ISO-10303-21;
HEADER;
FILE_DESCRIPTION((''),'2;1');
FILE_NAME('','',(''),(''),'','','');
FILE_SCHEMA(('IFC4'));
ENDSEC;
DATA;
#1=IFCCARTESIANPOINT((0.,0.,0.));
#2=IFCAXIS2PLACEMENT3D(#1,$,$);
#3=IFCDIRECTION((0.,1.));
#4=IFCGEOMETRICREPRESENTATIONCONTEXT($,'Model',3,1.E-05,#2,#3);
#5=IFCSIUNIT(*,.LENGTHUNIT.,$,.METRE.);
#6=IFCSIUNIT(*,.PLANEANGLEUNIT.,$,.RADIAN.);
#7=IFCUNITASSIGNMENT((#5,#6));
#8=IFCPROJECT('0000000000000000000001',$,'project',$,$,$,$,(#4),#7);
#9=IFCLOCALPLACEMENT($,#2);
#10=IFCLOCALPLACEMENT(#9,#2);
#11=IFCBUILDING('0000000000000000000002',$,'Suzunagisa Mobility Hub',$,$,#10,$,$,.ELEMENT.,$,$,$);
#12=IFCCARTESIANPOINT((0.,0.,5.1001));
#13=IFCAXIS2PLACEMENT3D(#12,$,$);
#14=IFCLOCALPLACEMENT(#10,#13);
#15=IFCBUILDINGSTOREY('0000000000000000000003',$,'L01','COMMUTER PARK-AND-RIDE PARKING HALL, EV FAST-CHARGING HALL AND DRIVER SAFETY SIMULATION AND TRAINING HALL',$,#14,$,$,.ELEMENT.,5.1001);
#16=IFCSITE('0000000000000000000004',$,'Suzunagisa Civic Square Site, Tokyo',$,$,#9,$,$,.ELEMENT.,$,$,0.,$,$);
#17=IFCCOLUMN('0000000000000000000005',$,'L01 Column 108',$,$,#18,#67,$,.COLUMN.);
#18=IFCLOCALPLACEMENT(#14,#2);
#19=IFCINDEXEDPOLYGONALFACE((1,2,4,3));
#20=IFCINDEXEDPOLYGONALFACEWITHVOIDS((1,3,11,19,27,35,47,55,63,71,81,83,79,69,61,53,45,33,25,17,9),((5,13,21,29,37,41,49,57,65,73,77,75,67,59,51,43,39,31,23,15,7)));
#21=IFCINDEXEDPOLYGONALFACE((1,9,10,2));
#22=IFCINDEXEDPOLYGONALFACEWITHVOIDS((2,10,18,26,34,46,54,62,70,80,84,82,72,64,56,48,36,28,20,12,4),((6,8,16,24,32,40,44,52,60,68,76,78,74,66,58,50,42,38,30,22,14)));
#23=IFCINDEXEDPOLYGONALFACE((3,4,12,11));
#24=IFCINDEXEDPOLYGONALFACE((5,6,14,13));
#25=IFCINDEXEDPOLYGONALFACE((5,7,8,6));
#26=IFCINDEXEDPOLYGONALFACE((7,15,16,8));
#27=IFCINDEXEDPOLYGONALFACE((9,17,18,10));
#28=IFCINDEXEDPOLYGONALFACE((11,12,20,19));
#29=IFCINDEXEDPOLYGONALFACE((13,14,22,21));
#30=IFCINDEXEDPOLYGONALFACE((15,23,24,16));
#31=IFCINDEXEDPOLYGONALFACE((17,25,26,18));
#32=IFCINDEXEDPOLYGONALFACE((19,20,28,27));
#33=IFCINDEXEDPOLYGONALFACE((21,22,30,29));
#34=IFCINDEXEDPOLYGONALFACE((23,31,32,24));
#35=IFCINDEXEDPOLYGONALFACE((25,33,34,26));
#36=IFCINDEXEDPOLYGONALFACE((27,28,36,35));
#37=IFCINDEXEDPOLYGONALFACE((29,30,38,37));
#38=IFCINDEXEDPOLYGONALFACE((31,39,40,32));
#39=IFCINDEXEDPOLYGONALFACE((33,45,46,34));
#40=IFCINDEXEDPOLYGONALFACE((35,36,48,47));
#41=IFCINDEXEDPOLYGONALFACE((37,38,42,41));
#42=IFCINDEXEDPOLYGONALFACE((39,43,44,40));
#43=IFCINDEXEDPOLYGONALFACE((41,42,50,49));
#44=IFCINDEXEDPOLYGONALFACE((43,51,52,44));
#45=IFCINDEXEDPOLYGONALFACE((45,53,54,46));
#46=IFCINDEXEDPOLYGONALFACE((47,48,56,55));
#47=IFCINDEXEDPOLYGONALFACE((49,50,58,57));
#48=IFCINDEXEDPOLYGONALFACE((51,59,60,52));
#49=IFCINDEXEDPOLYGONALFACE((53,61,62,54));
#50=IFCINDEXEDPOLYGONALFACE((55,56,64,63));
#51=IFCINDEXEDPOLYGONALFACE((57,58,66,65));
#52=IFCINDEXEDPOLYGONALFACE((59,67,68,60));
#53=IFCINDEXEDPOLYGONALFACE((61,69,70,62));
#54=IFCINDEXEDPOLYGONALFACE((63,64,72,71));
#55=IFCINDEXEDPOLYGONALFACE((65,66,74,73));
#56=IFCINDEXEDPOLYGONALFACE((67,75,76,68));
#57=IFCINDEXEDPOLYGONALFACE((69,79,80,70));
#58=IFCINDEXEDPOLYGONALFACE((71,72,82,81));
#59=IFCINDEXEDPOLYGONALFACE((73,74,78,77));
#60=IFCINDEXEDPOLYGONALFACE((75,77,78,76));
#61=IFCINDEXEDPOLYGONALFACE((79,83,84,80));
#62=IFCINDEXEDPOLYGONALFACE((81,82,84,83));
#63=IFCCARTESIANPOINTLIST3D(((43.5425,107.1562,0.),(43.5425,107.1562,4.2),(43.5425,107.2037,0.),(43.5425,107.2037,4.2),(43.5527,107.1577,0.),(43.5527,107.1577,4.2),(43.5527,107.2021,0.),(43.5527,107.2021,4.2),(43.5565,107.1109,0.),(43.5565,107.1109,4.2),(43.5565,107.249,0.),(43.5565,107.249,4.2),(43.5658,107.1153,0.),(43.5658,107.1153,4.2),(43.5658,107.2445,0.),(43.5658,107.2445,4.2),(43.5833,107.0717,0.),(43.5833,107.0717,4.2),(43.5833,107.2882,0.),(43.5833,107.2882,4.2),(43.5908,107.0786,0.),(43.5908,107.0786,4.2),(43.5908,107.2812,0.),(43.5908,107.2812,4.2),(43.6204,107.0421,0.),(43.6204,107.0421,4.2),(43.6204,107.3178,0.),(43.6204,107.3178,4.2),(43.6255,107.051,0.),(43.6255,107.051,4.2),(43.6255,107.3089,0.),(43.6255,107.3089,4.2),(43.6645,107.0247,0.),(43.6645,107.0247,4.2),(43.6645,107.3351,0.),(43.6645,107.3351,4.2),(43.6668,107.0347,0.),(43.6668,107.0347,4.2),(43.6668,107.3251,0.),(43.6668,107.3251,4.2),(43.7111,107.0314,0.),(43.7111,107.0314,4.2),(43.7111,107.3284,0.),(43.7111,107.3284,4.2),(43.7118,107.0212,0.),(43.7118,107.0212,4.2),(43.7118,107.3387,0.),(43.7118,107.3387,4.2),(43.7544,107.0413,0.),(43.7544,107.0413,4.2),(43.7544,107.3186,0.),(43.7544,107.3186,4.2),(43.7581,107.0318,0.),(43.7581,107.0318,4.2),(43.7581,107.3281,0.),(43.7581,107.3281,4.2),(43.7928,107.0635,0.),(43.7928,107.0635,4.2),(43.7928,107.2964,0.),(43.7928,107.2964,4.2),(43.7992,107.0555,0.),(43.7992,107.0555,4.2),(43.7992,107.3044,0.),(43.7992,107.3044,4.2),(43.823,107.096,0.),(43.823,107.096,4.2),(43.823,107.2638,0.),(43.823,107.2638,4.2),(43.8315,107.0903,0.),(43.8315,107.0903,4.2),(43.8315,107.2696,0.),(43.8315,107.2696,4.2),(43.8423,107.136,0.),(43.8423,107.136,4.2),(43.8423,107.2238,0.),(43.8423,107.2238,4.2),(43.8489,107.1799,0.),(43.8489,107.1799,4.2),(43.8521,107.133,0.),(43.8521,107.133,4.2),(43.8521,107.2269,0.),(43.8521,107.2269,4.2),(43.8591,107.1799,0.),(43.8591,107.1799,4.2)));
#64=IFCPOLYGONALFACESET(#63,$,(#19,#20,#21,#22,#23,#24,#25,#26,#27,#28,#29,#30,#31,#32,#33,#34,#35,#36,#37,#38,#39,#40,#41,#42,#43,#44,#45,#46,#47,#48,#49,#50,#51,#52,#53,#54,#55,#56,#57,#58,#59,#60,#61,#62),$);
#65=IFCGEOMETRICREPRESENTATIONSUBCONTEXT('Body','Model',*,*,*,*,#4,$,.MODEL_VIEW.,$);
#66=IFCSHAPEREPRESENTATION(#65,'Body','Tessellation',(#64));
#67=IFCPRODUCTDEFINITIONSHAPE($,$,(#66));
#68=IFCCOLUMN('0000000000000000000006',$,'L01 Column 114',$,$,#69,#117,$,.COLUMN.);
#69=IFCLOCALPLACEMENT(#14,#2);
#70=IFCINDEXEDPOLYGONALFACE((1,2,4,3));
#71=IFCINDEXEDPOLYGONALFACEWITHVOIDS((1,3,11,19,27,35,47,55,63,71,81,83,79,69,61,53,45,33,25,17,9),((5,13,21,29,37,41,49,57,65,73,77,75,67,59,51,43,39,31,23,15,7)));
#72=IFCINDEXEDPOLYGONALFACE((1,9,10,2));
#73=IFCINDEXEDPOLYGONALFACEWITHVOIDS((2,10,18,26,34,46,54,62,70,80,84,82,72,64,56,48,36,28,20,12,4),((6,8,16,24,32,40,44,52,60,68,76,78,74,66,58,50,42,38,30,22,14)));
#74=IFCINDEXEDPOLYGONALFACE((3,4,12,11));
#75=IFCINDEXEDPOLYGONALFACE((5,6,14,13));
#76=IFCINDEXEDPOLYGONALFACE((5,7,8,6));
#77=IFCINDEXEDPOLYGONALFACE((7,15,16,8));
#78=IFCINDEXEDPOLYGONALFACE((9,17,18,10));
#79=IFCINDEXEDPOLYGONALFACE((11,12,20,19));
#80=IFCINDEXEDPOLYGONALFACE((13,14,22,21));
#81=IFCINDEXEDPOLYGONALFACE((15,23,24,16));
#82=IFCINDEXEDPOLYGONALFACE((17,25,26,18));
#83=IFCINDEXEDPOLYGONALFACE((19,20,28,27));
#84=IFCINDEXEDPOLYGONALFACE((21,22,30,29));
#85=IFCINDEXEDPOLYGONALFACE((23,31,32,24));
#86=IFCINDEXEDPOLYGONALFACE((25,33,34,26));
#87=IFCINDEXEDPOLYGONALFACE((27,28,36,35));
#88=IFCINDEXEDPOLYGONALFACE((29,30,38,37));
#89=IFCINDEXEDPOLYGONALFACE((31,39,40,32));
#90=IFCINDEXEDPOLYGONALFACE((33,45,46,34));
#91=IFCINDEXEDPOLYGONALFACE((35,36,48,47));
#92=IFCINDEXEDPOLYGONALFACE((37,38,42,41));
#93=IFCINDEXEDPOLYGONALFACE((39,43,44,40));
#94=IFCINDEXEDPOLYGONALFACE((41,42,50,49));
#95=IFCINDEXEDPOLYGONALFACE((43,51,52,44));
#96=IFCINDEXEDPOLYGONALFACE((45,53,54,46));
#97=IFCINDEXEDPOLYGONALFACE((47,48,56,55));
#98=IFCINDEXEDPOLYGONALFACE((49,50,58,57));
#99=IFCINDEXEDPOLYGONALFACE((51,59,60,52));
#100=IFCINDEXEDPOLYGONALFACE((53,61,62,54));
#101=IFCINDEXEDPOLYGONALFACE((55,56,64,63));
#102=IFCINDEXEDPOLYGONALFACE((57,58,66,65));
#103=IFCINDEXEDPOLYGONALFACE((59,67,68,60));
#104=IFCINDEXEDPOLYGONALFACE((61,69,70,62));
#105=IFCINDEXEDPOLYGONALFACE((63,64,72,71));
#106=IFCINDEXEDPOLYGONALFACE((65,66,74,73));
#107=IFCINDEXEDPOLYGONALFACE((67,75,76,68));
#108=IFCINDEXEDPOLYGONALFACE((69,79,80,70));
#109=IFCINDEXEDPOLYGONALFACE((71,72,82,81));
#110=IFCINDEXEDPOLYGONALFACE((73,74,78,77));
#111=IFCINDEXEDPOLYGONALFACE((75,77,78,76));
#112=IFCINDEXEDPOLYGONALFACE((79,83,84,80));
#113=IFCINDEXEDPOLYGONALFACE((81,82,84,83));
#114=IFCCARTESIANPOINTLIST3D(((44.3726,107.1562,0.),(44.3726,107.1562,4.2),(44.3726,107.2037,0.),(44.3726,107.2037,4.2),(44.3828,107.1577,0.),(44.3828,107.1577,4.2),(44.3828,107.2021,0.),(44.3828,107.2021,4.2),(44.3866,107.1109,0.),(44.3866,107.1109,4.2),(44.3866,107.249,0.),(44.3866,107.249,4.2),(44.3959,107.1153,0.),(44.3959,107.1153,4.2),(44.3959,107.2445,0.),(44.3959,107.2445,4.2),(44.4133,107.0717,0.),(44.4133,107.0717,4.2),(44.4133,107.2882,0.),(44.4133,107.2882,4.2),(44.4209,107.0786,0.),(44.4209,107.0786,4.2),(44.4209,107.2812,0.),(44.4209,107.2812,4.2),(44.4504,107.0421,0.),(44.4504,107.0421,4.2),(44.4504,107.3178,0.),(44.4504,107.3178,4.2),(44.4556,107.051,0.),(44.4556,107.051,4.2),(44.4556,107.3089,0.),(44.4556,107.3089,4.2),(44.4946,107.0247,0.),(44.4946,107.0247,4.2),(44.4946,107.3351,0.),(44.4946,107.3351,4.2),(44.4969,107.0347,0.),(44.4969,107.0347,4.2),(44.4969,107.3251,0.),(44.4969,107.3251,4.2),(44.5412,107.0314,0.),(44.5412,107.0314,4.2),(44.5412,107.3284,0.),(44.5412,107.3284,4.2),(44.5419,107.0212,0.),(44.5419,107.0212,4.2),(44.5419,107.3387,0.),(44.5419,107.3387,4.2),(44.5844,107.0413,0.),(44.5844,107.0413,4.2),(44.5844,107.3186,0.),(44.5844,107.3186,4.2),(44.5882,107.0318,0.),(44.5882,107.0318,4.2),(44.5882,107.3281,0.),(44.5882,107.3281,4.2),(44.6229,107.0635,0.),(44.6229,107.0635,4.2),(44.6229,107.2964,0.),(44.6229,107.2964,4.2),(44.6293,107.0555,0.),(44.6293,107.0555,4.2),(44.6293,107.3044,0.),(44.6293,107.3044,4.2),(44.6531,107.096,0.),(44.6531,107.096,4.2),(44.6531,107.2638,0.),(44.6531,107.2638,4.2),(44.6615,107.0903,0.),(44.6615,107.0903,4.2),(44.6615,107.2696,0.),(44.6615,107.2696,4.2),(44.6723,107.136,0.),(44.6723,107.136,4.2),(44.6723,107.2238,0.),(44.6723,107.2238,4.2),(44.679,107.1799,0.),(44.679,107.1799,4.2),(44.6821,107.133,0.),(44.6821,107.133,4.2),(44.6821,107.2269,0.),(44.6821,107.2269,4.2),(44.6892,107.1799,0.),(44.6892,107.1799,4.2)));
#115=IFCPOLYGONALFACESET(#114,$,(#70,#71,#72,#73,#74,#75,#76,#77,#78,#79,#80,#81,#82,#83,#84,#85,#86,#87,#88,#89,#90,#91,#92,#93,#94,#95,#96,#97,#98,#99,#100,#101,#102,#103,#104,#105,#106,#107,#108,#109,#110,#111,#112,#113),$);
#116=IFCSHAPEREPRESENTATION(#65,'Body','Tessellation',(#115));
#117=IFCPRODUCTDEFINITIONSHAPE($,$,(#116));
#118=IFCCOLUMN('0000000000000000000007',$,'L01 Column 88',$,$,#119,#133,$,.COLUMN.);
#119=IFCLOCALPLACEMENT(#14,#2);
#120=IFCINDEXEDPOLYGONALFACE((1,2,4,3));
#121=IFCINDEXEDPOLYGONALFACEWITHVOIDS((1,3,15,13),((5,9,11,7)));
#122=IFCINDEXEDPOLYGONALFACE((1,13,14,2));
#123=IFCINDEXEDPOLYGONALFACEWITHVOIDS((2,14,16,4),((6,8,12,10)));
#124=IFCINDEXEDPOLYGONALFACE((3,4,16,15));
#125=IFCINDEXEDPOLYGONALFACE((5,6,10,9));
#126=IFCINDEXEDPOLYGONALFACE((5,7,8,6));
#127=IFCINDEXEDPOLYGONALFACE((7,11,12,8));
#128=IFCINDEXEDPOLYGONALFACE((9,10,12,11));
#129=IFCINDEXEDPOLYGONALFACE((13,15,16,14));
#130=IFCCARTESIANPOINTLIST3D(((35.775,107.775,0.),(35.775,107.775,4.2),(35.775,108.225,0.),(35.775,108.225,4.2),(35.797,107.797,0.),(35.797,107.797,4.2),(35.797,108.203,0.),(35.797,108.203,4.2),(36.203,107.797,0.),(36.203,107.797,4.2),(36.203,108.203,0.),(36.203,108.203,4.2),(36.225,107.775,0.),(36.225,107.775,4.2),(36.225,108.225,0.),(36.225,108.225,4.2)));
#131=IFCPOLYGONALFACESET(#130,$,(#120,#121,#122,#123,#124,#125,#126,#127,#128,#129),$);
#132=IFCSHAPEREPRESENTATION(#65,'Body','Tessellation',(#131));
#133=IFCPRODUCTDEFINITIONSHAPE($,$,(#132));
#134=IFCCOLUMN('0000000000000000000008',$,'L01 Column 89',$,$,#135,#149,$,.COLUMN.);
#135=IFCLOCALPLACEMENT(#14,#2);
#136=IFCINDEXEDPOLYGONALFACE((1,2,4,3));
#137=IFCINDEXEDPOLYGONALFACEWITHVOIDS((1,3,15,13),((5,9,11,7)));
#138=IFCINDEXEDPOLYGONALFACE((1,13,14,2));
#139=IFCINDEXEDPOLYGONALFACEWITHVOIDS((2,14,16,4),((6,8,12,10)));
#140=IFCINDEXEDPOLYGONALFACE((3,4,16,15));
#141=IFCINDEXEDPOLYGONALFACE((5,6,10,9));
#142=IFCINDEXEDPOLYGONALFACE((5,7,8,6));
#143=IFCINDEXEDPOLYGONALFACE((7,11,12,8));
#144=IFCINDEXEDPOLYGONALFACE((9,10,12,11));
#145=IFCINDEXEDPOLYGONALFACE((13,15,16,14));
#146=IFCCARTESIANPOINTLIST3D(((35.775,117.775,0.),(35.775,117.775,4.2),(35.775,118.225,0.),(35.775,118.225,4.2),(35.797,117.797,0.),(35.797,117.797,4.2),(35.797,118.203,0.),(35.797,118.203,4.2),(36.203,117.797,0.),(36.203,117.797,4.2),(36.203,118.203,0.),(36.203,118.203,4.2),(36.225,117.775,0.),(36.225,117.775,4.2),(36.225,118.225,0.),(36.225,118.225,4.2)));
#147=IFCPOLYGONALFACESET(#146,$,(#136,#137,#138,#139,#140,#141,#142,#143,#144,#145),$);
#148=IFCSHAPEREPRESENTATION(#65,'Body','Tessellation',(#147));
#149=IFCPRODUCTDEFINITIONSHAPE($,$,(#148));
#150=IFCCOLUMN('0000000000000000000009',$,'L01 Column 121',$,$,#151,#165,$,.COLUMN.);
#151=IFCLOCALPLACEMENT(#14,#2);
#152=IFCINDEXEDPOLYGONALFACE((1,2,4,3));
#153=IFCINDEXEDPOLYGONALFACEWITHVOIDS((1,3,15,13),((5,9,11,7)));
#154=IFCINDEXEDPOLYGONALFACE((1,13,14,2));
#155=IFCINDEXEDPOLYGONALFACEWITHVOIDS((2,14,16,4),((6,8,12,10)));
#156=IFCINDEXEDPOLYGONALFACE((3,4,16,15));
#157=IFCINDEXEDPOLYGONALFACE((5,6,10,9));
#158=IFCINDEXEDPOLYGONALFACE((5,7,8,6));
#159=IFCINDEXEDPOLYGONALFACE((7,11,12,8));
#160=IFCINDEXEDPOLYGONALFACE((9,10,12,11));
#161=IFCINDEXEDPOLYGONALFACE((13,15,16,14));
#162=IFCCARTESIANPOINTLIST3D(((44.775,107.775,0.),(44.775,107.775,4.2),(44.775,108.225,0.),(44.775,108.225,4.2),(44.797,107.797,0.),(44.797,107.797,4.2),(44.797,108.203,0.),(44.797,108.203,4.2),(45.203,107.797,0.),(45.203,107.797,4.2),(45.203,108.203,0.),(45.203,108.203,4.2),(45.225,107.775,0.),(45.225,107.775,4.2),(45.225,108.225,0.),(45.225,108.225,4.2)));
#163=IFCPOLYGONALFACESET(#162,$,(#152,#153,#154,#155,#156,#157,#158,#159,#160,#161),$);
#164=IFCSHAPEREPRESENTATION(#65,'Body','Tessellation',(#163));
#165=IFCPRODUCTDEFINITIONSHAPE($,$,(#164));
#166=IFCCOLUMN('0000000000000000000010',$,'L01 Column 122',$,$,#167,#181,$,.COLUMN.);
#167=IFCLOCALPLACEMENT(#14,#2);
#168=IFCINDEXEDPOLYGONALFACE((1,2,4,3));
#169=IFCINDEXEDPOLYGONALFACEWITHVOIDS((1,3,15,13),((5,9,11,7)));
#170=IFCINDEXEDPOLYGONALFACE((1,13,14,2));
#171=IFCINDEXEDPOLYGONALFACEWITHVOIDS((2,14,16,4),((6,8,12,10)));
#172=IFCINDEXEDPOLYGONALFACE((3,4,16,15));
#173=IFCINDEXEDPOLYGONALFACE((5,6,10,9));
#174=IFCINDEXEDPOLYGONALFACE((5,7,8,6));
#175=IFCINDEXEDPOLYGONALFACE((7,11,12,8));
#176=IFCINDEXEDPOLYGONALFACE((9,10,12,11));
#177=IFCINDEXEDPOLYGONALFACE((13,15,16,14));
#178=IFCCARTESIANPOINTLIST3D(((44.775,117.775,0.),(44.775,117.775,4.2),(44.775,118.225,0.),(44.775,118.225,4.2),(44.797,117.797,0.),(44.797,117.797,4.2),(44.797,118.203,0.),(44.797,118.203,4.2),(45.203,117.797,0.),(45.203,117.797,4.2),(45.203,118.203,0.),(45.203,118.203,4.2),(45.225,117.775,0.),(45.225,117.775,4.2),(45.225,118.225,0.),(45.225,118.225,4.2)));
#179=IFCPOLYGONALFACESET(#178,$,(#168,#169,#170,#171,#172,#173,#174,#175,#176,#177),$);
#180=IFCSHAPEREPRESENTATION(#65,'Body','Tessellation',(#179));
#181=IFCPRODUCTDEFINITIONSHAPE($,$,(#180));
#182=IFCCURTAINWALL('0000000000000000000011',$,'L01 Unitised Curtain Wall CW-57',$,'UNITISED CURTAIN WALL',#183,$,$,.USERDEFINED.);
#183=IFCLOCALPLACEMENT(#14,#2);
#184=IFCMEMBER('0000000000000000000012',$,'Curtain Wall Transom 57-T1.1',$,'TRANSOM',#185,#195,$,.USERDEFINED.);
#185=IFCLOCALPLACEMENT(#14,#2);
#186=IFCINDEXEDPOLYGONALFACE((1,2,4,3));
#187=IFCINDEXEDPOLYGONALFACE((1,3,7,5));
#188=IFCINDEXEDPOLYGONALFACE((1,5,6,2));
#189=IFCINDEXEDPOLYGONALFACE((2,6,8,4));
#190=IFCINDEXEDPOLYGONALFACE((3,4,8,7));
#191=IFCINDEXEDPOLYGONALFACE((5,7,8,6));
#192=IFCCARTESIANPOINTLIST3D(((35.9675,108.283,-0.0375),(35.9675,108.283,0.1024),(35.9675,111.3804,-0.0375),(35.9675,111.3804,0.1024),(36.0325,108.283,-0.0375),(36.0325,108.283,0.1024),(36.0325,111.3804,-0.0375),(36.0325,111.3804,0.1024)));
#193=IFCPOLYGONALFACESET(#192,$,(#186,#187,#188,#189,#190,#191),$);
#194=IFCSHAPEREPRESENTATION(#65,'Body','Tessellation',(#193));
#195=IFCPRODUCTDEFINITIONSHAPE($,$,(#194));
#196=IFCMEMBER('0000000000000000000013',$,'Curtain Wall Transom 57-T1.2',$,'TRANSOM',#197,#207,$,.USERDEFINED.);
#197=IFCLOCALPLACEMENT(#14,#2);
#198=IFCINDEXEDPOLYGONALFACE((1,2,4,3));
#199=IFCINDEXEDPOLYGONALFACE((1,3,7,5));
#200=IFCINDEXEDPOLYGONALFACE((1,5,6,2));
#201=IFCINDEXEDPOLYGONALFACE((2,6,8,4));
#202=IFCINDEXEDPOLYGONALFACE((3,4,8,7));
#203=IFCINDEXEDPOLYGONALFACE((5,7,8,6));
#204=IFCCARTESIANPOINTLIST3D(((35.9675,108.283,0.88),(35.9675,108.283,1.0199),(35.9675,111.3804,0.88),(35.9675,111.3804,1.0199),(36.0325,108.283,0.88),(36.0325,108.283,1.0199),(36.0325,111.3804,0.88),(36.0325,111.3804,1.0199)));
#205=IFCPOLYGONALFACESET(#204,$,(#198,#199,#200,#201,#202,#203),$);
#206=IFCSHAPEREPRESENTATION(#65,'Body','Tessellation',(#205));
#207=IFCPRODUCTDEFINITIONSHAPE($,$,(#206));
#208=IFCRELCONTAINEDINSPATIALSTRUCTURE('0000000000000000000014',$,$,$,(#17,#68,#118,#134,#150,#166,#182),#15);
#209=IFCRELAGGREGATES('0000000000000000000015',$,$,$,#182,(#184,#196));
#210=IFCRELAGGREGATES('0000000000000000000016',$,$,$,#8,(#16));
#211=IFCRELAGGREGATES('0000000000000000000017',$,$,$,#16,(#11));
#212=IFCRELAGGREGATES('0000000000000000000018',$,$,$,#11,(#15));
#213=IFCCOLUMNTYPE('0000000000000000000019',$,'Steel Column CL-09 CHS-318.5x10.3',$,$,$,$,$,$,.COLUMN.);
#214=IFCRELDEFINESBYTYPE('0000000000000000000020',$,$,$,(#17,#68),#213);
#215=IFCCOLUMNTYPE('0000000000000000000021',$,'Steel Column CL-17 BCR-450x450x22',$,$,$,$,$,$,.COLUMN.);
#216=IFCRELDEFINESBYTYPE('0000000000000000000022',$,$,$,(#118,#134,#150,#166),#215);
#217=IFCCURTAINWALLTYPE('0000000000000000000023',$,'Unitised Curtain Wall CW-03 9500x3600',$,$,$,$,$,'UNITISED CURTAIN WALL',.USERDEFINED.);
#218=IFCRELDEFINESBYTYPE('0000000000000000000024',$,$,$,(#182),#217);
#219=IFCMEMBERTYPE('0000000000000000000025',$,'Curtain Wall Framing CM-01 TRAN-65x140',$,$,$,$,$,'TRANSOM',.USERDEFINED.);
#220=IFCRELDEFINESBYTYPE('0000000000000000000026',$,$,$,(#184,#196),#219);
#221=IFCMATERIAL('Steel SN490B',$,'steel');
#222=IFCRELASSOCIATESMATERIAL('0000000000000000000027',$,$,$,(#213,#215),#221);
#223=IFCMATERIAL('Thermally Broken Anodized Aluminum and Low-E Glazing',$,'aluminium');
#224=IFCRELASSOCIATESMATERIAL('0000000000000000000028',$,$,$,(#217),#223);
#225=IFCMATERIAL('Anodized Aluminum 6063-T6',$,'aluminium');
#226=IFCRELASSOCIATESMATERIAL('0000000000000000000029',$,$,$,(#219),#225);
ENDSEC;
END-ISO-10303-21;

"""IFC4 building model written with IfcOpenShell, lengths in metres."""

from ifc_helpers import new_model, si_unit, direction, frame, origin, origin_2d, place, context, subcontext, project, spatial, rectangle, hollow_rectangle, hollow_circle, extrude, material, material_profile, profile_set, type_object, element, aggregate, save


model = new_model("IFC4")

# Units and contexts
model_context = context("Model", 3, precision=1e-05, world=origin(), true_north=direction((0.0, 1.0)))
body_context = subcontext(model_context, "Body", "Model", "MODEL_VIEW")
ifc_project = project(units=[si_unit("LENGTHUNIT", "METRE"), si_unit("PLANEANGLEUNIT", "RADIAN")], contexts=[model_context])

# Site, building, storey
site_placement = place(None, origin())
site = spatial("IfcSite", under=ifc_project, at=site_placement, Name="Suzunagisa Civic Square Site, Tokyo", CompositionType="ELEMENT", RefElevation=0.0)
building_placement = place(site_placement, origin())
building = spatial("IfcBuilding", under=site, at=building_placement, Name="Suzunagisa Mobility Hub", CompositionType="ELEMENT")
storey_placement = place(building_placement, frame((0.0, 0.0, 5.1001)))
storey = spatial("IfcBuildingStorey", under=building, at=storey_placement, Name="L01", Description="COMMUTER PARK-AND-RIDE PARKING HALL, EV FAST-CHARGING HALL AND DRIVER SAFETY SIMULATION AND TRAINING HALL", CompositionType="ELEMENT", Elevation=5.1001)

# Columns
ifc_material_1 = material(Name="Steel SN490B", Category="steel")
ifc_material_profile_1 = material_profile(ifc_material_1, hollow_circle(Radius=0.1592, WallThickness=0.0103, at=origin_2d()), Name="CHS-318.5x10.3")
ifc_profile_set_1 = profile_set([ifc_material_profile_1], Name="Steel SN490B")
column_type_1 = type_object("IfcColumnType", Name="Steel Column CL-09 CHS-318.5x10.3", PredefinedType="COLUMN", material=ifc_profile_set_1)
for number, where, z_axis, x_axis, name in (
    (1, (43.7, 107.1799, 0.0), (0.0, 0.0, 1.0), (1.0, 0.0, 0.0), "L01 Column 108"),
    (2, (44.53, 107.1799, 0.0), (0.0, 0.0, 1.0), (1.0, 0.0, 0.0), "L01 Column 114"),
):
    element("IfcColumn", number, at=place(storey_placement, frame(where, z_axis=z_axis, x_axis=x_axis)), inside=storey, type_object=column_type_1, Name=name, PredefinedType="COLUMN", context=body_context, shape_type="SweptSolid", body=[
        extrude(hollow_circle(Radius=0.1592, WallThickness=0.0103, at=origin_2d()), origin(), (0.0, 0.0, 1.0), 4.2),
    ])
ifc_material_profile_2 = material_profile(ifc_material_1, hollow_rectangle(XDim=0.45, YDim=0.45, WallThickness=0.022, at=origin_2d()), Name="BCR-450x450x22")
ifc_profile_set_2 = profile_set([ifc_material_profile_2], Name="Steel SN490B")
column_type_2 = type_object("IfcColumnType", Name="Steel Column CL-17 BCR-450x450x22", PredefinedType="COLUMN", material=ifc_profile_set_2)
for number, where, z_axis, x_axis, name in (
    (3, (36.0, 108.0, 0.0), (0.0, 0.0, 1.0), (1.0, 0.0, 0.0), "L01 Column 88"),
    (4, (36.0, 118.0, 0.0), (0.0, 0.0, 1.0), (1.0, 0.0, 0.0), "L01 Column 89"),
    (5, (45.0, 108.0, 0.0), (0.0, 0.0, 1.0), (1.0, 0.0, 0.0), "L01 Column 121"),
    (6, (45.0, 118.0, 0.0), (0.0, 0.0, 1.0), (1.0, 0.0, 0.0), "L01 Column 122"),
):
    element("IfcColumn", number, at=place(storey_placement, frame(where, z_axis=z_axis, x_axis=x_axis)), inside=storey, type_object=column_type_2, Name=name, PredefinedType="COLUMN", context=body_context, shape_type="SweptSolid", body=[
        extrude(hollow_rectangle(XDim=0.45, YDim=0.45, WallThickness=0.022, at=origin_2d()), origin(), (0.0, 0.0, 1.0), 4.2),
    ])

# Curtain wall, members
ifc_material_2 = material(Name="Thermally Broken Anodized Aluminum and Low-E Glazing", Category="aluminium")
curtain_wall_type = type_object("IfcCurtainWallType", Name="Unitised Curtain Wall CW-03 9500x3600", ElementType="UNITISED CURTAIN WALL", PredefinedType="USERDEFINED", material=ifc_material_2)
curtain_wall_placement = place(storey_placement, origin())
curtain_wall = element("IfcCurtainWall", 7, at=curtain_wall_placement, inside=storey, type_object=curtain_wall_type, Name="L01 Unitised Curtain Wall CW-57", ObjectType="UNITISED CURTAIN WALL", PredefinedType="USERDEFINED")
ifc_material_3 = material(Name="Anodized Aluminum 6063-T6", Category="aluminium")
ifc_material_profile_3 = material_profile(ifc_material_3, rectangle(XDim=0.0649, YDim=0.1399, at=origin_2d()), Name="TRAN-65x140")
ifc_profile_set_3 = profile_set([ifc_material_profile_3], Name="Anodized Aluminum 6063-T6")
member_type_1 = type_object("IfcMemberType", Name="Curtain Wall Framing CM-01 TRAN-65x140", ElementType="TRANSOM", PredefinedType="USERDEFINED", material=ifc_profile_set_3)
member_1_placement = place(storey_placement, frame((36.0, 108.283, 0.0325), z_axis=(0.0, 1.0, 0.0), x_axis=(-1.0, 0.0, 0.0)))
member_1 = element("IfcMember", 8, at=member_1_placement, type_object=member_type_1, Name="Curtain Wall Transom 57-T1.1", ObjectType="TRANSOM", PredefinedType="USERDEFINED", context=body_context, shape_type="SweptSolid", body=[
    extrude(rectangle(XDim=0.0649, YDim=0.1399, at=origin_2d()), origin(), (0.0, 0.0, 1.0), 3.0974),
])
member_2_placement = place(storey_placement, frame((36.0, 108.283, 0.95), z_axis=(0.0, 1.0, 0.0), x_axis=(-1.0, 0.0, 0.0)))
member_2 = element("IfcMember", 9, at=member_2_placement, type_object=member_type_1, Name="Curtain Wall Transom 57-T1.2", ObjectType="TRANSOM", PredefinedType="USERDEFINED", context=body_context, shape_type="SweptSolid", body=[
    extrude(rectangle(XDim=0.0649, YDim=0.1399, at=origin_2d()), origin(), (0.0, 0.0, 1.0), 3.0974),
])

aggregate(curtain_wall, [member_1, member_2])

save(model, "model.ifc")
